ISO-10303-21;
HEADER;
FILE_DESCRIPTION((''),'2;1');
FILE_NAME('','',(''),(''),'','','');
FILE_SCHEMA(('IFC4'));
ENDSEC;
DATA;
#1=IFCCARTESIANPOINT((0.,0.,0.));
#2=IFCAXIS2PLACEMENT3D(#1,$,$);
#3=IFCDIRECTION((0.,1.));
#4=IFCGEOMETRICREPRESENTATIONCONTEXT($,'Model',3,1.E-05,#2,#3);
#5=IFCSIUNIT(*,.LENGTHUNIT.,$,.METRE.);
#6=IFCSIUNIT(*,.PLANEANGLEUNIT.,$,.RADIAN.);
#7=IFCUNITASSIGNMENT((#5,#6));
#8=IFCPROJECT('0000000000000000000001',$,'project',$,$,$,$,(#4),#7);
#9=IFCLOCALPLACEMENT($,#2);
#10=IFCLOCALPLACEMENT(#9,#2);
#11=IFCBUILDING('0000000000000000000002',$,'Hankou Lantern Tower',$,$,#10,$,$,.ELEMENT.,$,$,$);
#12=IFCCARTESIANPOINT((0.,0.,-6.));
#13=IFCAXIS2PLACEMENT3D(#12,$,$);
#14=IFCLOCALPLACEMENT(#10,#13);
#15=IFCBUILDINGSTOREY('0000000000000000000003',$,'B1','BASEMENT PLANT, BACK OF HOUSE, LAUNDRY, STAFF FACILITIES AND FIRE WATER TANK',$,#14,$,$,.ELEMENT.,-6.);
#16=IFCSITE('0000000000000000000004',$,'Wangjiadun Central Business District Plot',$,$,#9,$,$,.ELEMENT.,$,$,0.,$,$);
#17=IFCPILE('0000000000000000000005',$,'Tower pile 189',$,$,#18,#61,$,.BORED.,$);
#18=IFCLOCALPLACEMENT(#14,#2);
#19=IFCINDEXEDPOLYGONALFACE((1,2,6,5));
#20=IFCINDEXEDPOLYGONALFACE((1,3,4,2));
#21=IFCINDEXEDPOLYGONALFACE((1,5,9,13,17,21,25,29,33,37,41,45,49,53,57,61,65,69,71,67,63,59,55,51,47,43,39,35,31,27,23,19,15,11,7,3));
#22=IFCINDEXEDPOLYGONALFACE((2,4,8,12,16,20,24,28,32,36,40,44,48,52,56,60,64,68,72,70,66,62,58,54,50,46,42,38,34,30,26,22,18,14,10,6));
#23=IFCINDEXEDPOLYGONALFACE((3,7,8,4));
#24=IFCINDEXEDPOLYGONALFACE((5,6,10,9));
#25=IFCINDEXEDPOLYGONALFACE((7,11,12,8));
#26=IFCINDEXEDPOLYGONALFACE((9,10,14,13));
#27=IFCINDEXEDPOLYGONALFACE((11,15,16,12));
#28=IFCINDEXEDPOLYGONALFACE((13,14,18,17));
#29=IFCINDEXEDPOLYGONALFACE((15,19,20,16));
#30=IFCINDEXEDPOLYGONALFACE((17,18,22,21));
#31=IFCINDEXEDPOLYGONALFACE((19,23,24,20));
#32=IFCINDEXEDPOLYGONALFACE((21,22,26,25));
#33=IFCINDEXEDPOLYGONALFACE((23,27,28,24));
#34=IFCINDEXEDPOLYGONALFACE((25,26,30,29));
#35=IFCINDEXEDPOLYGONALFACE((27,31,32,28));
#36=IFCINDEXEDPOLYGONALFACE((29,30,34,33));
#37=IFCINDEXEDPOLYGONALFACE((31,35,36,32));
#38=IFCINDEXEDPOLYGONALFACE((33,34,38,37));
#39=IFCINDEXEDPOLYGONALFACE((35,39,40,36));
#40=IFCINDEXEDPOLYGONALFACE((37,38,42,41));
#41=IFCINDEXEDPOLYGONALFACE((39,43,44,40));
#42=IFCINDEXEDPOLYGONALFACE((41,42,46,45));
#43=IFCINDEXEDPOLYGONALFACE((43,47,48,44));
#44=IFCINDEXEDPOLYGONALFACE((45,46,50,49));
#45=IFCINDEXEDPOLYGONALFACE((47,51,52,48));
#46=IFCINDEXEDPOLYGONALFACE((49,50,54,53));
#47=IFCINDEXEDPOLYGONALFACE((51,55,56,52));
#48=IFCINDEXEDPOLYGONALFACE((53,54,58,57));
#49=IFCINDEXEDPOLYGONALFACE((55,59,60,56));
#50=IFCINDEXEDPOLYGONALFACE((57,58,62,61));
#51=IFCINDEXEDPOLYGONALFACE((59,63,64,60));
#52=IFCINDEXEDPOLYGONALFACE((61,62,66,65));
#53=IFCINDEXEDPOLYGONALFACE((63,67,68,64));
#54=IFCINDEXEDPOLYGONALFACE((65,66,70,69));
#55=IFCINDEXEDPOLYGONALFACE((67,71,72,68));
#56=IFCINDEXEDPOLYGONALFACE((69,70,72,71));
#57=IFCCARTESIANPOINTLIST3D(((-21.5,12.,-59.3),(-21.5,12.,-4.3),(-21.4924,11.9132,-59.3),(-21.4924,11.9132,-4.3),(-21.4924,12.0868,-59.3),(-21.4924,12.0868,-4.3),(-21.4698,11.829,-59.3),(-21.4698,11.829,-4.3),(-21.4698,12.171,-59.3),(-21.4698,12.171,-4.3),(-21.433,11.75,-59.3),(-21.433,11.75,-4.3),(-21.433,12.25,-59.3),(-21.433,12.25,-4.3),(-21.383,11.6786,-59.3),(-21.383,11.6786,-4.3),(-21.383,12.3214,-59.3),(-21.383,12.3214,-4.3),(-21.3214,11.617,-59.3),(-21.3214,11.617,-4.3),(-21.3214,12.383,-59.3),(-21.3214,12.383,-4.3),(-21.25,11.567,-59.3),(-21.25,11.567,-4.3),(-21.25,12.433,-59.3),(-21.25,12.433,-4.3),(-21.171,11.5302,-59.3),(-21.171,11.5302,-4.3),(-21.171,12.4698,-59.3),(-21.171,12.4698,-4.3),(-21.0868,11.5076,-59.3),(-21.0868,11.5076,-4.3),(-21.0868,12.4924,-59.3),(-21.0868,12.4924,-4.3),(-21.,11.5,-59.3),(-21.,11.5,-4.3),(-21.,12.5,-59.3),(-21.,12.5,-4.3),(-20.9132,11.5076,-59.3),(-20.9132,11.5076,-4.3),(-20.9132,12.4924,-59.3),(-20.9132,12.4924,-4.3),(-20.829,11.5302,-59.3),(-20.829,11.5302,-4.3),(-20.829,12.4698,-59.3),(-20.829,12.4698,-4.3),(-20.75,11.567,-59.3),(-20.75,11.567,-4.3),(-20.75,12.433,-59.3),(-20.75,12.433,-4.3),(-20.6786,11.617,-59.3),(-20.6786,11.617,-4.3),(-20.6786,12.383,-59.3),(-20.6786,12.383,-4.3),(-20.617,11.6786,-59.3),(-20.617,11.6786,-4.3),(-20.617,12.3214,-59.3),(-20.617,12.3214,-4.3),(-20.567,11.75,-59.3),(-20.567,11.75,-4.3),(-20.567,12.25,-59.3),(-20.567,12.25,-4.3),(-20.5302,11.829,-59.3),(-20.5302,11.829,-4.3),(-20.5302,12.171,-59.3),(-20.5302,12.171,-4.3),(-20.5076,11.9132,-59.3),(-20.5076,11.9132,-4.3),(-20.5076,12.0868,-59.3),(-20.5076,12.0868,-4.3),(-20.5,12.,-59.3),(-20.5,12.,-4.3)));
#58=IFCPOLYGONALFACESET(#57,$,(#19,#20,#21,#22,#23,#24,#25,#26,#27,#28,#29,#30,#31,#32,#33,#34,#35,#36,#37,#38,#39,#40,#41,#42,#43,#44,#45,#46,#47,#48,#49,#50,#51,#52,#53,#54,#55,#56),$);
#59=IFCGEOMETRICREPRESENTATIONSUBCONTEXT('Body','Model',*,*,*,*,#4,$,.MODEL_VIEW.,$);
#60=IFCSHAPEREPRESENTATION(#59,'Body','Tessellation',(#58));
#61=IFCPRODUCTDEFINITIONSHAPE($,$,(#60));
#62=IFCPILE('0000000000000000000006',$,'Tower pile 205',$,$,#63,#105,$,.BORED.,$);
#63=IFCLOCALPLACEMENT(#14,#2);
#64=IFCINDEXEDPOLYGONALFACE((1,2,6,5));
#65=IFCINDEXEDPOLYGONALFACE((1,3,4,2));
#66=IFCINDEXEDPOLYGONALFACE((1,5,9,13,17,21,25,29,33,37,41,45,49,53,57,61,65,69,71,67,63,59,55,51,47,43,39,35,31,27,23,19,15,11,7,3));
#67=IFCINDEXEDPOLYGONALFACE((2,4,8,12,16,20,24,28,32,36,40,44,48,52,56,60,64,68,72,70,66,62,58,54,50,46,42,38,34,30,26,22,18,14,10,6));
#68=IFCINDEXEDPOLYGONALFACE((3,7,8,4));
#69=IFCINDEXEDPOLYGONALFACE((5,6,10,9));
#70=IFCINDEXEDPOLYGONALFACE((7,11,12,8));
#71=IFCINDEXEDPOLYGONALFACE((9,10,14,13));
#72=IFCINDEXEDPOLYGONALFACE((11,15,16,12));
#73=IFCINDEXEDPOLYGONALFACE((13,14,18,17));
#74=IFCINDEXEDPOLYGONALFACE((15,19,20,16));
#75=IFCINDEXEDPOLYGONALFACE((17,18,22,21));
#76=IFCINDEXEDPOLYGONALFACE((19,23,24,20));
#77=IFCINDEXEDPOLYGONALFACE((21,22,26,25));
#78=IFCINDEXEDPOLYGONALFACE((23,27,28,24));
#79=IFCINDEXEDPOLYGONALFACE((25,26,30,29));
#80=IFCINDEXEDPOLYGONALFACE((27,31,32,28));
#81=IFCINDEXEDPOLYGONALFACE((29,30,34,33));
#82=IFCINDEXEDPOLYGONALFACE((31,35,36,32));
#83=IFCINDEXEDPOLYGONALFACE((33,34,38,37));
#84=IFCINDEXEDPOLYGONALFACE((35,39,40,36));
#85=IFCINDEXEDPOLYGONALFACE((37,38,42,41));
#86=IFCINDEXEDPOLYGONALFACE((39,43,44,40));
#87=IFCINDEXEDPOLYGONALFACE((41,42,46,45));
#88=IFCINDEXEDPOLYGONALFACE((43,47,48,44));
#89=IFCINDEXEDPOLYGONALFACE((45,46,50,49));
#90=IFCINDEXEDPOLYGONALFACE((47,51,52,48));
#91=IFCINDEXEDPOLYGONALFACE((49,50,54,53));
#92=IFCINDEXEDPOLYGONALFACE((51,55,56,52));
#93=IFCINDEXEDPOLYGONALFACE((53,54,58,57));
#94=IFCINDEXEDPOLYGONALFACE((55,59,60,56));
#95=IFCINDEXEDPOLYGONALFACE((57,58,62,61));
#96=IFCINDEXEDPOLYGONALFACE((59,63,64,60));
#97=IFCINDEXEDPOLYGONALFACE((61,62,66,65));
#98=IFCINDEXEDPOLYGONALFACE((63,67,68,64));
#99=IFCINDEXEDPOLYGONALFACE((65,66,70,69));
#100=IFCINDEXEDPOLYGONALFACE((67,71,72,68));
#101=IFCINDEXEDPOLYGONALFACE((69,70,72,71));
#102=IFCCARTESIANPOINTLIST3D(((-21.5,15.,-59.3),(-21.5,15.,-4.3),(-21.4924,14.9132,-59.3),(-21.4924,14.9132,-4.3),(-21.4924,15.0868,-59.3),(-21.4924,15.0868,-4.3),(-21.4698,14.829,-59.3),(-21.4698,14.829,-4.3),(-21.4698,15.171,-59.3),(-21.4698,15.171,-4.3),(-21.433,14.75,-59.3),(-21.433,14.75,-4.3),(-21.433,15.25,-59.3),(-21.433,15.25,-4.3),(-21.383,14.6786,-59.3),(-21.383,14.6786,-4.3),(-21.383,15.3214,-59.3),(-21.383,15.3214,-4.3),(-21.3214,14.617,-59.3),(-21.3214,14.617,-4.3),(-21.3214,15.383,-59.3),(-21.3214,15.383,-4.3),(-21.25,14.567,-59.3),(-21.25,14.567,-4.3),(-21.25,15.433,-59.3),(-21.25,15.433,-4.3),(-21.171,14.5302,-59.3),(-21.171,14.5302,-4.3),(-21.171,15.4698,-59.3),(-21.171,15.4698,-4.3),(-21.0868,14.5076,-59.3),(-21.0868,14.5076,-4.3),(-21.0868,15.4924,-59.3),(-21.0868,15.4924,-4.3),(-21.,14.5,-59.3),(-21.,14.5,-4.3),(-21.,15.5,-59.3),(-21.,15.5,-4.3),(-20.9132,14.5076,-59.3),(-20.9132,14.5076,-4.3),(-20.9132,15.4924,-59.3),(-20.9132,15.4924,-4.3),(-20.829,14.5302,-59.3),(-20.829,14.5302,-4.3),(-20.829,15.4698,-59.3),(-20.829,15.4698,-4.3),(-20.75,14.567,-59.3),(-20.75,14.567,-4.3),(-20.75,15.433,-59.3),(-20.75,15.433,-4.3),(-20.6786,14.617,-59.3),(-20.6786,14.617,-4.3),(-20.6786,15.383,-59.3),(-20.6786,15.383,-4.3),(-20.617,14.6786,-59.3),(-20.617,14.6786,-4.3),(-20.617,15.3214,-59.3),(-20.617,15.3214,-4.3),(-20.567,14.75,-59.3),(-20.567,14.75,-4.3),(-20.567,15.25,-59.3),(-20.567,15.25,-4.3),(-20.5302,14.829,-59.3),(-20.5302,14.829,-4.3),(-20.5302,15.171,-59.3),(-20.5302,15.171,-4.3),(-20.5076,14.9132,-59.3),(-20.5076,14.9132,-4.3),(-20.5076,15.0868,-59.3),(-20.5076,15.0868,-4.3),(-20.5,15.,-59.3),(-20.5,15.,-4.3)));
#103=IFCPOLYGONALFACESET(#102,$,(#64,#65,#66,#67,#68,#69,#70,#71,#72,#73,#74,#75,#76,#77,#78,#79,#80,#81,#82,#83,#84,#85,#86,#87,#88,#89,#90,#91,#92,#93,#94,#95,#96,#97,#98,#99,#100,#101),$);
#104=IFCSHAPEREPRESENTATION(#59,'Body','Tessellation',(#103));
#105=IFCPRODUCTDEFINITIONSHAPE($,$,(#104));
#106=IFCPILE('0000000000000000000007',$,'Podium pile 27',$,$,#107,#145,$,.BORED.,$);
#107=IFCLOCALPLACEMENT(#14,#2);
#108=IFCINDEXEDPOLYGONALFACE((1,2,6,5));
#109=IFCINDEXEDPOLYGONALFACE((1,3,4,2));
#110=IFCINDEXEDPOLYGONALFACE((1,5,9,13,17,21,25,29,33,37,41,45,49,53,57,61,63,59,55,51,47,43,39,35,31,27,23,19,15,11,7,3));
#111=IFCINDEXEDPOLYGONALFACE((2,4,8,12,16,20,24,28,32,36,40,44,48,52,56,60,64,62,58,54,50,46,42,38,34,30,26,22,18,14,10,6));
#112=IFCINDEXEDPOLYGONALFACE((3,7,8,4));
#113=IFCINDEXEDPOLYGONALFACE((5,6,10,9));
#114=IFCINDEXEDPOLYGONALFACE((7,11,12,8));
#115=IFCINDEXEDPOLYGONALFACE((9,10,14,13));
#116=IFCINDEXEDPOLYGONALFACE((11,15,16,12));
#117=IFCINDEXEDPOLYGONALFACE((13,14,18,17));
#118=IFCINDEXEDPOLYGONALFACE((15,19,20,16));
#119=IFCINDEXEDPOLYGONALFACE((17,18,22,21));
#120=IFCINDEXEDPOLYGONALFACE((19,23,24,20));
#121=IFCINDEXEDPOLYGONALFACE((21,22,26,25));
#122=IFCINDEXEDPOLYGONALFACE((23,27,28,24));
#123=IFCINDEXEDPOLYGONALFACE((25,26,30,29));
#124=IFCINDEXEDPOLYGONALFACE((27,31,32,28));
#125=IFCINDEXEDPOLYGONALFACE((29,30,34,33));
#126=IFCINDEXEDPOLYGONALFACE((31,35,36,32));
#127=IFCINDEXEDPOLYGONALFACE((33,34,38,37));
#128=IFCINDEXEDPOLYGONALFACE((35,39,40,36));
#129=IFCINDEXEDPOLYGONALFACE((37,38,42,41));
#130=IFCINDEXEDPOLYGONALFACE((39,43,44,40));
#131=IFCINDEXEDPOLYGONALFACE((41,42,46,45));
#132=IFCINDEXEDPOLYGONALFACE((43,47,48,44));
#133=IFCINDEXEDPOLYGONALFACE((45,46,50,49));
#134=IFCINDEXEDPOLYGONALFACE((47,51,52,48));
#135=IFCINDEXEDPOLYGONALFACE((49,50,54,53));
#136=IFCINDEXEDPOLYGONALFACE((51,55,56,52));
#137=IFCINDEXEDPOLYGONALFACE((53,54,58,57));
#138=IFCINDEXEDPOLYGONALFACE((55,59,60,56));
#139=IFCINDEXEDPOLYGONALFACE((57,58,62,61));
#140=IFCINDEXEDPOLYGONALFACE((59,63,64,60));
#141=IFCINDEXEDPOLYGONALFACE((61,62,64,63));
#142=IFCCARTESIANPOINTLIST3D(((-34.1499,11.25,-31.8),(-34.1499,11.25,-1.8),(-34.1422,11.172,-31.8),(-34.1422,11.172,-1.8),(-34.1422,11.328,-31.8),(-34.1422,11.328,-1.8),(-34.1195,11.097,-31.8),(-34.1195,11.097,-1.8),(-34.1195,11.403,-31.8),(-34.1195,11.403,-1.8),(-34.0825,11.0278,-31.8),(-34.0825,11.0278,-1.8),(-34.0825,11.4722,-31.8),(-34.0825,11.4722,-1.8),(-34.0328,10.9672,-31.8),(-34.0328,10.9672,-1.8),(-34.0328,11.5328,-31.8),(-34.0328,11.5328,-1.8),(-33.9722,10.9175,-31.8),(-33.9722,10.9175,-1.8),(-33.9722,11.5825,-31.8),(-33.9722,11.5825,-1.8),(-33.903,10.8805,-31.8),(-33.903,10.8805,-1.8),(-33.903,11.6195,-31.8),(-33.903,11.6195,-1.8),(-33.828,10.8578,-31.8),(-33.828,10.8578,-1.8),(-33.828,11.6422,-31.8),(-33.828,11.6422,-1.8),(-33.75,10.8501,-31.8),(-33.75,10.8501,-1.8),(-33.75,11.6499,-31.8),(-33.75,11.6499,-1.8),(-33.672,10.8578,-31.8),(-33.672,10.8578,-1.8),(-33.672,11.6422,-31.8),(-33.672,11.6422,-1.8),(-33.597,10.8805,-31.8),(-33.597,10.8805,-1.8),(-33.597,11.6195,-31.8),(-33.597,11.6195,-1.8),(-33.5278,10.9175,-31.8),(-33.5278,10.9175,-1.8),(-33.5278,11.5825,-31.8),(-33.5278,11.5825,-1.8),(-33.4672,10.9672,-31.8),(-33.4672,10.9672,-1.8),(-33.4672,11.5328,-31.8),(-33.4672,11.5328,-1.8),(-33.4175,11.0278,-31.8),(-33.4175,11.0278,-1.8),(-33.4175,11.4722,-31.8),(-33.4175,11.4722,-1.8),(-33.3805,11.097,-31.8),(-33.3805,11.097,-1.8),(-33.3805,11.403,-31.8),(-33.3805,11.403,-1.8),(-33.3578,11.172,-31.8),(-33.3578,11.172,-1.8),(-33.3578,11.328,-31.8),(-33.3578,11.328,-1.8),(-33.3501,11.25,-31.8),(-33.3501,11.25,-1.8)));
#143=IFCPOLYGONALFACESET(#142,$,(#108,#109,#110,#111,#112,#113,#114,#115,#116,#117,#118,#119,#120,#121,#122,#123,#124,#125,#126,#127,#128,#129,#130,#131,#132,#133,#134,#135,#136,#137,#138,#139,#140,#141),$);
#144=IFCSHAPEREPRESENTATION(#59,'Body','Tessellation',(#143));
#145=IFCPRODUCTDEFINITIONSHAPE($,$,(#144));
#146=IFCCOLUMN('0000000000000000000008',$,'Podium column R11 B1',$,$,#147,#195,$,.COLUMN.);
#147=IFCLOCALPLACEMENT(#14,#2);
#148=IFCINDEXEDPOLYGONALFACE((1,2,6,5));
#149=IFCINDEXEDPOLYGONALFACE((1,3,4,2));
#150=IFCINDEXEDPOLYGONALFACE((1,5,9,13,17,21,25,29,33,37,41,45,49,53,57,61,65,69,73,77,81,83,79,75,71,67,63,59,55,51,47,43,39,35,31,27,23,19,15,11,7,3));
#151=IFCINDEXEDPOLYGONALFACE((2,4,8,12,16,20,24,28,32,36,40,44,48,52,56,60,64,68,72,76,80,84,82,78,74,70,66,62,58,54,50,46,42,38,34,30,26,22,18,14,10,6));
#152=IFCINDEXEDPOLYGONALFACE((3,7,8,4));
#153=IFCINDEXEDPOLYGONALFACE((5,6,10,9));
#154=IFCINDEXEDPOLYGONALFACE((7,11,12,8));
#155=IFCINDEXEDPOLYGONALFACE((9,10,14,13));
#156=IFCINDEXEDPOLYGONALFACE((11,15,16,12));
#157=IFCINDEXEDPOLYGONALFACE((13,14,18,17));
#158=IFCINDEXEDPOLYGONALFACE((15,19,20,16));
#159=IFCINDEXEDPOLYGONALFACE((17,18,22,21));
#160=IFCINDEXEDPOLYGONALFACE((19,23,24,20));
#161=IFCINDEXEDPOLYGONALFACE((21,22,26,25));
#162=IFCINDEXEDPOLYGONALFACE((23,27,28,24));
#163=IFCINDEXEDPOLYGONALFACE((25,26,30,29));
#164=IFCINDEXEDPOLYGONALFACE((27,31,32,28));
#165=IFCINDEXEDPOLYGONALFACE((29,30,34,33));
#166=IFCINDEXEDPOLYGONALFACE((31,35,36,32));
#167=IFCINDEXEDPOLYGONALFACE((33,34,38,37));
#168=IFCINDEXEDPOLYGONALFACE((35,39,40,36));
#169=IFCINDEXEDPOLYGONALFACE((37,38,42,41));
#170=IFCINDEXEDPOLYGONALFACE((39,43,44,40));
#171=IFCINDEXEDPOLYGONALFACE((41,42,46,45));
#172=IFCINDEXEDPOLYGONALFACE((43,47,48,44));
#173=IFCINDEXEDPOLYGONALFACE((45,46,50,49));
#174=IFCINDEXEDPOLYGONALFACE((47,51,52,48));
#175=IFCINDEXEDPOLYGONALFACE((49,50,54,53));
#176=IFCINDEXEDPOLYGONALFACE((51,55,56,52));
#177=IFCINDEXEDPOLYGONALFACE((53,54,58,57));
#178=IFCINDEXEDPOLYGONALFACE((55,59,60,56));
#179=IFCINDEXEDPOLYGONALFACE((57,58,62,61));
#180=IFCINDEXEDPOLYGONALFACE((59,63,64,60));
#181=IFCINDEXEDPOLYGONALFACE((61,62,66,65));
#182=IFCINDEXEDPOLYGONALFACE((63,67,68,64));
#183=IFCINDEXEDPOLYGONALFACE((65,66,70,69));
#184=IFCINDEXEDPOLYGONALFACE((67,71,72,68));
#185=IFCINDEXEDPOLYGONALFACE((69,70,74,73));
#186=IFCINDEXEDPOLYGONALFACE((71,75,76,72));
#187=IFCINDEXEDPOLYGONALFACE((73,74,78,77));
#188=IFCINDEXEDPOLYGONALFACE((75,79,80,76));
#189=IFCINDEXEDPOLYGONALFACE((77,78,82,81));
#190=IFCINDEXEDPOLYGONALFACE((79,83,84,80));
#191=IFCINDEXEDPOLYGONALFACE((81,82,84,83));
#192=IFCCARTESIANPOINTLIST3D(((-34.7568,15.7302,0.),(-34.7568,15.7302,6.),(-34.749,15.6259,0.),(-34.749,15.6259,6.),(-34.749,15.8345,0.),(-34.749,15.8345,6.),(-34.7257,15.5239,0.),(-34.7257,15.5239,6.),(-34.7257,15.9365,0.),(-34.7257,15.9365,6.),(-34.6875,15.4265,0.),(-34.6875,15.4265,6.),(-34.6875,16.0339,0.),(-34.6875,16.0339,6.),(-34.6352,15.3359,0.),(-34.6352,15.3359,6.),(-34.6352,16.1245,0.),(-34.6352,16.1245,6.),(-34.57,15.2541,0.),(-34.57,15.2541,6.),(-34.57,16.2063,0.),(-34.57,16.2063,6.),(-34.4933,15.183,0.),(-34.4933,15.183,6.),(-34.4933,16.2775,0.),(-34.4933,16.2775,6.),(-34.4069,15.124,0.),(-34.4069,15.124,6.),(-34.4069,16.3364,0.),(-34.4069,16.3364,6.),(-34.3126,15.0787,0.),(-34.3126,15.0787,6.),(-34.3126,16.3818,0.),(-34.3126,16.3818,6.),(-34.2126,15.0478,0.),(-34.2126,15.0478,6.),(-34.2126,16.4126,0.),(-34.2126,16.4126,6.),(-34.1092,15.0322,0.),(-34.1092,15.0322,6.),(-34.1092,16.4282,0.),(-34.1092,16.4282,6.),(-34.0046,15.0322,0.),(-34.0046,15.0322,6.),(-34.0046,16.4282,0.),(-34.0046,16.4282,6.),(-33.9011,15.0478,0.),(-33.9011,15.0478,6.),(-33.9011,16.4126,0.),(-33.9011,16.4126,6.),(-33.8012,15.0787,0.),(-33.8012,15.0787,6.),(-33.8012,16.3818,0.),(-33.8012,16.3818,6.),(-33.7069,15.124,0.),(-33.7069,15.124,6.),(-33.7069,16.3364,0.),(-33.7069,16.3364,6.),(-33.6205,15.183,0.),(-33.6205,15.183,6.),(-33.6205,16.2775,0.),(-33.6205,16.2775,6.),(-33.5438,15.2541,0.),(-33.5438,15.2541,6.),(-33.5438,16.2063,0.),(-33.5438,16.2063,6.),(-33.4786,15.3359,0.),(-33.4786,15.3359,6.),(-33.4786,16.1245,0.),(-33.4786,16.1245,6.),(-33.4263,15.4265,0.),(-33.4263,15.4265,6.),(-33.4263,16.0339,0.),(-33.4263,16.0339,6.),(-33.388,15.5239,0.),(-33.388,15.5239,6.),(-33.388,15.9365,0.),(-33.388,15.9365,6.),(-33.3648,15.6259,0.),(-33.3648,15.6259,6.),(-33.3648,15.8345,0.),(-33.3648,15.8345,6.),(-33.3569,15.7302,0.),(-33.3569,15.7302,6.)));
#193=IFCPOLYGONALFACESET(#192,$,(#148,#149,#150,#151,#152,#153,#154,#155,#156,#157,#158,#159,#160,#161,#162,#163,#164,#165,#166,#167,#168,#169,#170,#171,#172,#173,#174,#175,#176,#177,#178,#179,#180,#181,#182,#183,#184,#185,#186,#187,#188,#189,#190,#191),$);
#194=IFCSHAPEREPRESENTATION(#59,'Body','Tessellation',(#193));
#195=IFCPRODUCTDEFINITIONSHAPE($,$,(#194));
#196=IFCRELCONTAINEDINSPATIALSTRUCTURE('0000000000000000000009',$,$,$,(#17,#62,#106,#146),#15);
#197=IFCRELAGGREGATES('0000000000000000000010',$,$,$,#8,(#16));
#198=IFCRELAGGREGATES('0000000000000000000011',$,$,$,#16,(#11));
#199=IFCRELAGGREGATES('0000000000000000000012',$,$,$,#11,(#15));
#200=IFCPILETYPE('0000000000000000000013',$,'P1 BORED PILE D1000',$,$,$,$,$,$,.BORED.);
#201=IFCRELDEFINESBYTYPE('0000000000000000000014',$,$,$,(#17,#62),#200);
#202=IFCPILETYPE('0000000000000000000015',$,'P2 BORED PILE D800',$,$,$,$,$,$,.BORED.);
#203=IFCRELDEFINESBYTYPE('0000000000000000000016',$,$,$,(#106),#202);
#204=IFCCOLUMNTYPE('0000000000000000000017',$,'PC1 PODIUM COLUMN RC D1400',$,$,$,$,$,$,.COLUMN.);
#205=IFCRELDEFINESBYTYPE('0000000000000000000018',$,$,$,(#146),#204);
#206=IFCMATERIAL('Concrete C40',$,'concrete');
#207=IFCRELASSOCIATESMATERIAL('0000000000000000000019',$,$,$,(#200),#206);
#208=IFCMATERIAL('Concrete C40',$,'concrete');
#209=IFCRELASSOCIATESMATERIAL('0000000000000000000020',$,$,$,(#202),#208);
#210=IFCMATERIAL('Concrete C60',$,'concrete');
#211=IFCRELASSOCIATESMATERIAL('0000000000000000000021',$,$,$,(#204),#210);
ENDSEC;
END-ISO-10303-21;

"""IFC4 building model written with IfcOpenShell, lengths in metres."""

from ifc_helpers import new_model, si_unit, direction, frame, origin, origin_2d, place, context, subcontext, project, spatial, circle, extrude, material, material_profile, profile_set, type_object, element, save


model = new_model("IFC4")

# Units and contexts
model_context = context("Model", 3, precision=1e-05, world=origin(), true_north=direction((0.0, 1.0)))
body_context = subcontext(model_context, "Body", "Model", "MODEL_VIEW")
ifc_project = project(units=[si_unit("LENGTHUNIT", "METRE"), si_unit("PLANEANGLEUNIT", "RADIAN")], contexts=[model_context])

# Site, building, storey
site_placement = place(None, origin())
site = spatial("IfcSite", under=ifc_project, at=site_placement, Name="Wangjiadun Central Business District Plot", CompositionType="ELEMENT", RefElevation=0.0)
building_placement = place(site_placement, origin())
building = spatial("IfcBuilding", under=site, at=building_placement, Name="Hankou Lantern Tower", CompositionType="ELEMENT")
storey_placement = place(building_placement, frame((0.0, 0.0, -6.0)))
storey = spatial("IfcBuildingStorey", under=building, at=storey_placement, Name="B1", Description="BASEMENT PLANT, BACK OF HOUSE, LAUNDRY, STAFF FACILITIES AND FIRE WATER TANK", CompositionType="ELEMENT", Elevation=-6.0)

# Piles
ifc_material_1 = material(Name="Concrete C40", Category="concrete")
ifc_material_profile_1 = material_profile(ifc_material_1, circle(Radius=0.5, at=origin_2d()), Name="RC D1000")
ifc_profile_set_1 = profile_set([ifc_material_profile_1], Name="Concrete C40")
pile_type_1 = type_object("IfcPileType", Name="P1 BORED PILE D1000", PredefinedType="BORED", material=ifc_profile_set_1)
for number, where, z_axis, x_axis, name in (
    (1, (-21.0, 12.0, -4.3), (0.0, 0.0, -1.0), (1.0, 0.0, 0.0), "Tower pile 189"),
    (2, (-21.0, 15.0, -4.3), (0.0, 0.0, -1.0), (1.0, 0.0, 0.0), "Tower pile 205"),
):
    element("IfcPile", number, at=place(storey_placement, frame(where, z_axis=z_axis, x_axis=x_axis)), inside=storey, type_object=pile_type_1, Name=name, PredefinedType="BORED", context=body_context, shape_type="SweptSolid", body=[
        extrude(circle(Radius=0.5, at=origin_2d()), origin(), (0.0, 0.0, 1.0), 55.0),
    ])
ifc_material_2 = material(Name="Concrete C40", Category="concrete")
ifc_material_profile_2 = material_profile(ifc_material_2, circle(Radius=0.3999, at=origin_2d()), Name="RC D800")
ifc_profile_set_2 = profile_set([ifc_material_profile_2], Name="Concrete C40")
pile_type_2 = type_object("IfcPileType", Name="P2 BORED PILE D800", PredefinedType="BORED", material=ifc_profile_set_2)
pile_placement = place(storey_placement, frame((-33.75, 11.25, -1.8), z_axis=(0.0, 0.0, -1.0), x_axis=(1.0, 0.0, 0.0)))
element("IfcPile", 3, at=pile_placement, inside=storey, type_object=pile_type_2, Name="Podium pile 27", PredefinedType="BORED", context=body_context, shape_type="SweptSolid", body=[
    extrude(circle(Radius=0.3999, at=origin_2d()), origin(), (0.0, 0.0, 1.0), 30.0),
])

# Column
ifc_material_3 = material(Name="Concrete C60", Category="concrete")
ifc_material_profile_3 = material_profile(ifc_material_3, circle(Radius=0.7, at=origin_2d()), Name="RC D1400")
ifc_profile_set_3 = profile_set([ifc_material_profile_3], Name="Concrete C60")
column_type_1 = type_object("IfcColumnType", Name="PC1 PODIUM COLUMN RC D1400", PredefinedType="COLUMN", material=ifc_profile_set_3)
column_1_placement = place(storey_placement, frame((-34.0569, 15.7302, 0.0), z_axis=(0.0, 0.0, 1.0), x_axis=(1.0, 0.0, 0.0)))
element("IfcColumn", 4, at=column_1_placement, inside=storey, type_object=column_type_1, Name="Podium column R11 B1", PredefinedType="COLUMN", context=body_context, shape_type="SweptSolid", body=[
    extrude(circle(Radius=0.7, at=origin_2d()), origin(), (0.0, 0.0, 1.0), 6.0),
])

save(model, "model.ifc")
